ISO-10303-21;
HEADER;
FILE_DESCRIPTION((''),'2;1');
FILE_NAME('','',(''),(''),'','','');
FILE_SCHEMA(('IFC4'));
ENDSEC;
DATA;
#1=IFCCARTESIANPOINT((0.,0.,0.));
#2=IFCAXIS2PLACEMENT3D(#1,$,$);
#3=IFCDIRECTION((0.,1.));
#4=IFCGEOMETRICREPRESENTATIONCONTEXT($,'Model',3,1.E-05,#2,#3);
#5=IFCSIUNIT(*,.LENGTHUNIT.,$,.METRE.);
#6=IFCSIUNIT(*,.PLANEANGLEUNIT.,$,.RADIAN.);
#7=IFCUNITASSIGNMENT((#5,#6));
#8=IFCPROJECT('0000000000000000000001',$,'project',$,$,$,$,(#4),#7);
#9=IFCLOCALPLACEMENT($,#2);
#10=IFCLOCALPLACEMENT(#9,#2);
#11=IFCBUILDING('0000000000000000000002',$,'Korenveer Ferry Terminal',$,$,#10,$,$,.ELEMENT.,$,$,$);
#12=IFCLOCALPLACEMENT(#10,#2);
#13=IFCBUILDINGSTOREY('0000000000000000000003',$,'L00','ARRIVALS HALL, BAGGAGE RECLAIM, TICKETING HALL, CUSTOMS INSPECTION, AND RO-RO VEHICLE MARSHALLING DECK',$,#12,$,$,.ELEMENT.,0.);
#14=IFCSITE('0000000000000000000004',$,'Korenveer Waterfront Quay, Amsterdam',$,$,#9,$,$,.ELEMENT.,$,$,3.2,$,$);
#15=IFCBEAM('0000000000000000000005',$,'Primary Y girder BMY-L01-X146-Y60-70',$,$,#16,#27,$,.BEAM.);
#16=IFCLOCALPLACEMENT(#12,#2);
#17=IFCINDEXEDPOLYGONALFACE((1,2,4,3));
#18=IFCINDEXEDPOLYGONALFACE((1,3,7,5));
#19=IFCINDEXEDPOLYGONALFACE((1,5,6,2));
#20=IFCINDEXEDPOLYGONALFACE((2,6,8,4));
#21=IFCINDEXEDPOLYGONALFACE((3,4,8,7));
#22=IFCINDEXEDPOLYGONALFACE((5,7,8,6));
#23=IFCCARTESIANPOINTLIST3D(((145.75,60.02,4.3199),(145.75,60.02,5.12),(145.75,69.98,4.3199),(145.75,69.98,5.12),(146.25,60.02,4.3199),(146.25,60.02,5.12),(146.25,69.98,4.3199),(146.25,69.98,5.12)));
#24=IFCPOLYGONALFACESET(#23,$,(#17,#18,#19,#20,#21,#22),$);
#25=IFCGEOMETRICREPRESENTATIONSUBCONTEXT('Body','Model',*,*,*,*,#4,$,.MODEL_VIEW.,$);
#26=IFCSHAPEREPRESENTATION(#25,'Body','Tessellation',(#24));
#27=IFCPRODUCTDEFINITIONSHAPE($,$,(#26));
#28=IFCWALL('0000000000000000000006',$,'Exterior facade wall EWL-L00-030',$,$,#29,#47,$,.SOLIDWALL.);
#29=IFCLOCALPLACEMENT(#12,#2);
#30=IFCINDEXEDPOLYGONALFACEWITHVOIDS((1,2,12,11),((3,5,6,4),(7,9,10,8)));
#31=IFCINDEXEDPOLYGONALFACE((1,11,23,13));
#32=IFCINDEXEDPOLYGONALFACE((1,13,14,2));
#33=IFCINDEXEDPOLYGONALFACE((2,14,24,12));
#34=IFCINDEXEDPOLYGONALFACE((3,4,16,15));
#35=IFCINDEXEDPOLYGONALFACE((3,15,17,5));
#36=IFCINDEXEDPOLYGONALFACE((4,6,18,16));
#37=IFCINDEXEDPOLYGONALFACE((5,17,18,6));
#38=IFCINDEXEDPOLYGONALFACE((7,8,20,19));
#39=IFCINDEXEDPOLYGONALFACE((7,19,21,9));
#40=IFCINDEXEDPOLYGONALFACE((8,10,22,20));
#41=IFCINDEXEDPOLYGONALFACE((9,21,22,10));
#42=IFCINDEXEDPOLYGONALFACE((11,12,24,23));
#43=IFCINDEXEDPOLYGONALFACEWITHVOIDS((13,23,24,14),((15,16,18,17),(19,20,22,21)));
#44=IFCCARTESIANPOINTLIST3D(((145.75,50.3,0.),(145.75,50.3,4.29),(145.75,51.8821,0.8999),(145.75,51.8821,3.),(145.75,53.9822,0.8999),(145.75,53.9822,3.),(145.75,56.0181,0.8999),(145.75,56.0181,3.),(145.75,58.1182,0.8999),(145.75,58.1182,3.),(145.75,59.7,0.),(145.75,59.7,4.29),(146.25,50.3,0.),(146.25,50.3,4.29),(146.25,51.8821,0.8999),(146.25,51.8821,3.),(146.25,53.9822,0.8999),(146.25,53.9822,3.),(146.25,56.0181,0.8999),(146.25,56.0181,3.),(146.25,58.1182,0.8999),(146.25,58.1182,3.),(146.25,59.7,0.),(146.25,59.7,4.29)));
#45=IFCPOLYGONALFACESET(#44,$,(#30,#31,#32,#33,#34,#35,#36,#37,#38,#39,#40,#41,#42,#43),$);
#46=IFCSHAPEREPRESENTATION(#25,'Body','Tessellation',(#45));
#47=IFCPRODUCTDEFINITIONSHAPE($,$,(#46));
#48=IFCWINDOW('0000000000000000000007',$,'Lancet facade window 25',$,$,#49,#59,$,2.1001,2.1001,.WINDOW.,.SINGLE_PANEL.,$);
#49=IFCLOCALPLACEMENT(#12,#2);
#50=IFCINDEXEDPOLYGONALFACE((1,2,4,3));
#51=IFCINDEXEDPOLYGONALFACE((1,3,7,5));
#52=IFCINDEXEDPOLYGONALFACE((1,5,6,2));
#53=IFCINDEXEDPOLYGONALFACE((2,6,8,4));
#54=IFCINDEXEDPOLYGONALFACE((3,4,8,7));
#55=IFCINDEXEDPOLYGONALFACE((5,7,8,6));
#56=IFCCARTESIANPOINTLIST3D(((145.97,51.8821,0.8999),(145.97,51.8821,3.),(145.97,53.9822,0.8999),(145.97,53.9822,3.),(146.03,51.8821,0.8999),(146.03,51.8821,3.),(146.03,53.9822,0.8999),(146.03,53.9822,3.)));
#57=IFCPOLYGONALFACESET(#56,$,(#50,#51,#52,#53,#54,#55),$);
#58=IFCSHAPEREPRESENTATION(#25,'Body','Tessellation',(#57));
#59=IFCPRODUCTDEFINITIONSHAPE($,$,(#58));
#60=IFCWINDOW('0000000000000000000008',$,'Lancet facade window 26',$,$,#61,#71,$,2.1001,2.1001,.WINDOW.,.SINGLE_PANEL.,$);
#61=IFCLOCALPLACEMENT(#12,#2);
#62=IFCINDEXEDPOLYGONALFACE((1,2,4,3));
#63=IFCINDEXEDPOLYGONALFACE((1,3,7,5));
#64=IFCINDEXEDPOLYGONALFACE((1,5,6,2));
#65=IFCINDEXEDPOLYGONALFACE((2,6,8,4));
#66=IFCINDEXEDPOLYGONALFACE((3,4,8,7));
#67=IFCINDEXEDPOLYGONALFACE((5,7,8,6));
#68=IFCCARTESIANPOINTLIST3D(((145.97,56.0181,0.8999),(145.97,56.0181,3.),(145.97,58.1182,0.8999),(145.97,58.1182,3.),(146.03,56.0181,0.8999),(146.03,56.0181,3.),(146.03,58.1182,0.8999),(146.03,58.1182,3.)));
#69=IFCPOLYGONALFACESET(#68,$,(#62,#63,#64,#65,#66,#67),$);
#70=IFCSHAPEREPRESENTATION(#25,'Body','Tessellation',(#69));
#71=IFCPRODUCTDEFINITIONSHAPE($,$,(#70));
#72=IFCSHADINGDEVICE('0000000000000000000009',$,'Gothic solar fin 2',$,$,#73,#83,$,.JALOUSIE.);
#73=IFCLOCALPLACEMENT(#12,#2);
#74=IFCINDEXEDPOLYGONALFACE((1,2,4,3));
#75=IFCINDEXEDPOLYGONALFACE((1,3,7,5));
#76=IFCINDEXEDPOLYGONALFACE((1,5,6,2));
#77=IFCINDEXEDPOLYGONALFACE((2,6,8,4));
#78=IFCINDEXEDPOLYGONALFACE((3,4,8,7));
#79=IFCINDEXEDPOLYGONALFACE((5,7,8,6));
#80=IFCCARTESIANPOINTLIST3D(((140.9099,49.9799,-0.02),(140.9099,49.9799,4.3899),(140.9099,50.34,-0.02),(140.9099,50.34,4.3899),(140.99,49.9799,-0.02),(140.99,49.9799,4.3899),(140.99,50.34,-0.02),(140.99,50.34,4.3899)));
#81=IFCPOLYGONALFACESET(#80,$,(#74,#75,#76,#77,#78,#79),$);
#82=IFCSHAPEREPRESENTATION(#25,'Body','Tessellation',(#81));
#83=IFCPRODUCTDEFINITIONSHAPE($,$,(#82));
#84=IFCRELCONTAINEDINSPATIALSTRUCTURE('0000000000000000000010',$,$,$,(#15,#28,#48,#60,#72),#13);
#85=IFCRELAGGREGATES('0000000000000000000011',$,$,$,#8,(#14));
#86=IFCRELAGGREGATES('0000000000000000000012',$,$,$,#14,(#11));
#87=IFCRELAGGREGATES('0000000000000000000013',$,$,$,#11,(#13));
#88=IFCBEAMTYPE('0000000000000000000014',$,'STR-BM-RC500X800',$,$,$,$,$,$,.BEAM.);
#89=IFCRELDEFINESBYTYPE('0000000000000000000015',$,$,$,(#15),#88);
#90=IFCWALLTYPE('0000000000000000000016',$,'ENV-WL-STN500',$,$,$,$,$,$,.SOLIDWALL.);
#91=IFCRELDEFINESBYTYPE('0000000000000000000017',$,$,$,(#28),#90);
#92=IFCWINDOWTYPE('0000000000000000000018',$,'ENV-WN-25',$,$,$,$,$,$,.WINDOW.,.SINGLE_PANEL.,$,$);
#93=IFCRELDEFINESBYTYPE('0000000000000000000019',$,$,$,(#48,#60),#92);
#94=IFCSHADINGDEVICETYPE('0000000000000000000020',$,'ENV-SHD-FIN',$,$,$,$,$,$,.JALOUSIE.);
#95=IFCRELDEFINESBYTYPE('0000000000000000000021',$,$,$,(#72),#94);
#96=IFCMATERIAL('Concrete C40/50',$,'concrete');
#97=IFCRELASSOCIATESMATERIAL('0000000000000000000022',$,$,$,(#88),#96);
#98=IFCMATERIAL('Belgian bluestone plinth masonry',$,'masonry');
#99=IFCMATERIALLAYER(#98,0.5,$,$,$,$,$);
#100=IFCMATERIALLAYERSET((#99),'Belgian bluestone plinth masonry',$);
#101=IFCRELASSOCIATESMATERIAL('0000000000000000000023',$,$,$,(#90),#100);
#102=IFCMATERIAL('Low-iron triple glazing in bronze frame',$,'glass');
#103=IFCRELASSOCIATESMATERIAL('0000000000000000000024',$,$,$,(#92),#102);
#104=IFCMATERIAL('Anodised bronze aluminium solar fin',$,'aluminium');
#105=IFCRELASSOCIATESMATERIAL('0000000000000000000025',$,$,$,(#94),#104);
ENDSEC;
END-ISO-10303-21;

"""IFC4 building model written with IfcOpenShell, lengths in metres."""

from ifc_helpers import new_model, si_unit, direction, frame, frame_2d, origin, origin_2d, place, context, subcontext, project, spatial, rectangle, extrude, material, layer, layer_set, material_profile, profile_set, type_object, element, fill, save


model = new_model("IFC4")

# Units and contexts
model_context = context("Model", 3, precision=1e-05, world=origin(), true_north=direction((0.0, 1.0)))
body_context = subcontext(model_context, "Body", "Model", "MODEL_VIEW")
ifc_project = project(units=[si_unit("LENGTHUNIT", "METRE"), si_unit("PLANEANGLEUNIT", "RADIAN")], contexts=[model_context])

# Site, building, storey
site_placement = place(None, origin())
site = spatial("IfcSite", under=ifc_project, at=site_placement, Name="Korenveer Waterfront Quay, Amsterdam", CompositionType="ELEMENT", RefElevation=3.2)
building_placement = place(site_placement, origin())
building = spatial("IfcBuilding", under=site, at=building_placement, Name="Korenveer Ferry Terminal", CompositionType="ELEMENT")
storey_placement = place(building_placement, origin())
storey = spatial("IfcBuildingStorey", under=building, at=storey_placement, Name="L00", Description="ARRIVALS HALL, BAGGAGE RECLAIM, TICKETING HALL, CUSTOMS INSPECTION, AND RO-RO VEHICLE MARSHALLING DECK", CompositionType="ELEMENT", Elevation=0.0)

# Shared definitions
ifc_material_1 = material(Name="Concrete C40/50", Category="concrete")

# Beam
ifc_material_profile_1 = material_profile(ifc_material_1, rectangle(XDim=0.5, YDim=0.8, at=origin_2d()), Name="RC 500x800")
ifc_profile_set_1 = profile_set([ifc_material_profile_1], Name="Concrete C40/50")
beam_type_1 = type_object("IfcBeamType", Name="STR-BM-RC500X800", PredefinedType="BEAM", material=ifc_profile_set_1)
for number, where, z_axis, x_axis, name in (
    (1, (146.0, 60.02, 4.72), (0.0, 1.0, 0.0), (-1.0, 0.0, 0.0), "Primary Y girder BMY-L01-X146-Y60-70"),
):
    element("IfcBeam", number, at=place(storey_placement, frame(where, z_axis=z_axis, x_axis=x_axis)), inside=storey, type_object=beam_type_1, Name=name, PredefinedType="BEAM", context=body_context, shape_type="SweptSolid", body=[
        extrude(rectangle(XDim=0.5, YDim=0.8, at=origin_2d()), origin(), (0.0, 0.0, 1.0), 9.96),
    ])

# Wall, openings, windows
ifc_material_2 = material(Name="Belgian bluestone plinth masonry", Category="masonry")
ifc_layer_1 = layer(ifc_material_2, 0.5)
ifc_layer_set_1 = layer_set([ifc_layer_1], Name="Belgian bluestone plinth masonry")
wall_type = type_object("IfcWallType", Name="ENV-WL-STN500", PredefinedType="SOLIDWALL", material=ifc_layer_set_1)
wall_placement = place(storey_placement, frame((146.0, 50.3, 0.0), z_axis=(0.0, 0.0, 1.0), x_axis=(0.0, 1.0, 0.0)))
wall = element("IfcWall", 2, at=wall_placement, inside=storey, type_object=wall_type, Name="Exterior facade wall EWL-L00-030", PredefinedType="SOLIDWALL", context=body_context, shape_type="SweptSolid", body=[
    extrude(rectangle(XDim=9.3999, YDim=0.5, at=frame_2d((4.7, 0.0))), origin(), (0.0, 0.0, 1.0), 4.29),
])
opening_1_placement = place(wall_placement, frame((1.582, 0.0, 0.8999)))
opening_1 = element("IfcOpeningElement", 3, at=opening_1_placement, cuts=wall, PredefinedType="OPENING", context=body_context, shape_type="SweptSolid", body=[
    extrude(rectangle(XDim=2.1001, YDim=2.1001, at=frame_2d((1.05, 1.05))), frame((0.0, 0.26, 0.0), z_axis=(0.0, -1.0, 0.0), x_axis=(1.0, 0.0, 0.0)), (0.0, 0.0, 1.0), 0.52),
])
opening_2_placement = place(wall_placement, frame((5.718, 0.0, 0.8999)))
opening_2 = element("IfcOpeningElement", 4, at=opening_2_placement, cuts=wall, PredefinedType="OPENING", context=body_context, shape_type="SweptSolid", body=[
    extrude(rectangle(XDim=2.1001, YDim=2.1001, at=frame_2d((1.05, 1.05))), frame((0.0, 0.26, 0.0), z_axis=(0.0, -1.0, 0.0), x_axis=(1.0, 0.0, 0.0)), (0.0, 0.0, 1.0), 0.52),
])
ifc_material_3 = material(Name="Low-iron triple glazing in bronze frame", Category="glass")
window_type = type_object("IfcWindowType", Name="ENV-WN-25", PartitioningType="SINGLE_PANEL", PredefinedType="WINDOW", material=ifc_material_3)
window_1_placement = place(opening_1_placement, origin())
window_1 = element("IfcWindow", 5, at=window_1_placement, inside=storey, type_object=window_type, Name="Lancet facade window 25", OverallHeight=2.1001, OverallWidth=2.1001, PartitioningType="SINGLE_PANEL", PredefinedType="WINDOW", context=body_context, shape_type="SweptSolid", body=[
    extrude(rectangle(XDim=2.1001, YDim=2.1001, at=frame_2d((1.05, 1.05))), frame((0.0, 0.03, 0.0), z_axis=(0.0, -1.0, 0.0), x_axis=(1.0, 0.0, 0.0)), (0.0, 0.0, 1.0), 0.0601),
])
fill(opening_1, window_1)
window_2_placement = place(opening_2_placement, origin())
window_2 = element("IfcWindow", 6, at=window_2_placement, inside=storey, type_object=window_type, Name="Lancet facade window 26", OverallHeight=2.1001, OverallWidth=2.1001, PartitioningType="SINGLE_PANEL", PredefinedType="WINDOW", context=body_context, shape_type="SweptSolid", body=[
    extrude(rectangle(XDim=2.1001, YDim=2.1001, at=frame_2d((1.05, 1.05))), frame((0.0, 0.03, 0.0), z_axis=(0.0, -1.0, 0.0), x_axis=(1.0, 0.0, 0.0)), (0.0, 0.0, 1.0), 0.0601),
])
fill(opening_2, window_2)

# Shading device
ifc_material_4 = material(Name="Anodised bronze aluminium solar fin", Category="aluminium")
shading_device_type = type_object("IfcShadingDeviceType", Name="ENV-SHD-FIN", PredefinedType="JALOUSIE", material=ifc_material_4)
shading_device_placement = place(storey_placement, frame((140.95, 50.1599, -0.02), z_axis=(0.0, 0.0, 1.0), x_axis=(0.0, 1.0, 0.0)))
element("IfcShadingDevice", 7, at=shading_device_placement, inside=storey, type_object=shading_device_type, Name="Gothic solar fin 2", PredefinedType="JALOUSIE", context=body_context, shape_type="SweptSolid", body=[
    extrude(rectangle(XDim=0.3601, YDim=0.0801, at=origin_2d()), origin(), (0.0, 0.0, 1.0), 4.4099),
])

save(model, "model.ifc")
